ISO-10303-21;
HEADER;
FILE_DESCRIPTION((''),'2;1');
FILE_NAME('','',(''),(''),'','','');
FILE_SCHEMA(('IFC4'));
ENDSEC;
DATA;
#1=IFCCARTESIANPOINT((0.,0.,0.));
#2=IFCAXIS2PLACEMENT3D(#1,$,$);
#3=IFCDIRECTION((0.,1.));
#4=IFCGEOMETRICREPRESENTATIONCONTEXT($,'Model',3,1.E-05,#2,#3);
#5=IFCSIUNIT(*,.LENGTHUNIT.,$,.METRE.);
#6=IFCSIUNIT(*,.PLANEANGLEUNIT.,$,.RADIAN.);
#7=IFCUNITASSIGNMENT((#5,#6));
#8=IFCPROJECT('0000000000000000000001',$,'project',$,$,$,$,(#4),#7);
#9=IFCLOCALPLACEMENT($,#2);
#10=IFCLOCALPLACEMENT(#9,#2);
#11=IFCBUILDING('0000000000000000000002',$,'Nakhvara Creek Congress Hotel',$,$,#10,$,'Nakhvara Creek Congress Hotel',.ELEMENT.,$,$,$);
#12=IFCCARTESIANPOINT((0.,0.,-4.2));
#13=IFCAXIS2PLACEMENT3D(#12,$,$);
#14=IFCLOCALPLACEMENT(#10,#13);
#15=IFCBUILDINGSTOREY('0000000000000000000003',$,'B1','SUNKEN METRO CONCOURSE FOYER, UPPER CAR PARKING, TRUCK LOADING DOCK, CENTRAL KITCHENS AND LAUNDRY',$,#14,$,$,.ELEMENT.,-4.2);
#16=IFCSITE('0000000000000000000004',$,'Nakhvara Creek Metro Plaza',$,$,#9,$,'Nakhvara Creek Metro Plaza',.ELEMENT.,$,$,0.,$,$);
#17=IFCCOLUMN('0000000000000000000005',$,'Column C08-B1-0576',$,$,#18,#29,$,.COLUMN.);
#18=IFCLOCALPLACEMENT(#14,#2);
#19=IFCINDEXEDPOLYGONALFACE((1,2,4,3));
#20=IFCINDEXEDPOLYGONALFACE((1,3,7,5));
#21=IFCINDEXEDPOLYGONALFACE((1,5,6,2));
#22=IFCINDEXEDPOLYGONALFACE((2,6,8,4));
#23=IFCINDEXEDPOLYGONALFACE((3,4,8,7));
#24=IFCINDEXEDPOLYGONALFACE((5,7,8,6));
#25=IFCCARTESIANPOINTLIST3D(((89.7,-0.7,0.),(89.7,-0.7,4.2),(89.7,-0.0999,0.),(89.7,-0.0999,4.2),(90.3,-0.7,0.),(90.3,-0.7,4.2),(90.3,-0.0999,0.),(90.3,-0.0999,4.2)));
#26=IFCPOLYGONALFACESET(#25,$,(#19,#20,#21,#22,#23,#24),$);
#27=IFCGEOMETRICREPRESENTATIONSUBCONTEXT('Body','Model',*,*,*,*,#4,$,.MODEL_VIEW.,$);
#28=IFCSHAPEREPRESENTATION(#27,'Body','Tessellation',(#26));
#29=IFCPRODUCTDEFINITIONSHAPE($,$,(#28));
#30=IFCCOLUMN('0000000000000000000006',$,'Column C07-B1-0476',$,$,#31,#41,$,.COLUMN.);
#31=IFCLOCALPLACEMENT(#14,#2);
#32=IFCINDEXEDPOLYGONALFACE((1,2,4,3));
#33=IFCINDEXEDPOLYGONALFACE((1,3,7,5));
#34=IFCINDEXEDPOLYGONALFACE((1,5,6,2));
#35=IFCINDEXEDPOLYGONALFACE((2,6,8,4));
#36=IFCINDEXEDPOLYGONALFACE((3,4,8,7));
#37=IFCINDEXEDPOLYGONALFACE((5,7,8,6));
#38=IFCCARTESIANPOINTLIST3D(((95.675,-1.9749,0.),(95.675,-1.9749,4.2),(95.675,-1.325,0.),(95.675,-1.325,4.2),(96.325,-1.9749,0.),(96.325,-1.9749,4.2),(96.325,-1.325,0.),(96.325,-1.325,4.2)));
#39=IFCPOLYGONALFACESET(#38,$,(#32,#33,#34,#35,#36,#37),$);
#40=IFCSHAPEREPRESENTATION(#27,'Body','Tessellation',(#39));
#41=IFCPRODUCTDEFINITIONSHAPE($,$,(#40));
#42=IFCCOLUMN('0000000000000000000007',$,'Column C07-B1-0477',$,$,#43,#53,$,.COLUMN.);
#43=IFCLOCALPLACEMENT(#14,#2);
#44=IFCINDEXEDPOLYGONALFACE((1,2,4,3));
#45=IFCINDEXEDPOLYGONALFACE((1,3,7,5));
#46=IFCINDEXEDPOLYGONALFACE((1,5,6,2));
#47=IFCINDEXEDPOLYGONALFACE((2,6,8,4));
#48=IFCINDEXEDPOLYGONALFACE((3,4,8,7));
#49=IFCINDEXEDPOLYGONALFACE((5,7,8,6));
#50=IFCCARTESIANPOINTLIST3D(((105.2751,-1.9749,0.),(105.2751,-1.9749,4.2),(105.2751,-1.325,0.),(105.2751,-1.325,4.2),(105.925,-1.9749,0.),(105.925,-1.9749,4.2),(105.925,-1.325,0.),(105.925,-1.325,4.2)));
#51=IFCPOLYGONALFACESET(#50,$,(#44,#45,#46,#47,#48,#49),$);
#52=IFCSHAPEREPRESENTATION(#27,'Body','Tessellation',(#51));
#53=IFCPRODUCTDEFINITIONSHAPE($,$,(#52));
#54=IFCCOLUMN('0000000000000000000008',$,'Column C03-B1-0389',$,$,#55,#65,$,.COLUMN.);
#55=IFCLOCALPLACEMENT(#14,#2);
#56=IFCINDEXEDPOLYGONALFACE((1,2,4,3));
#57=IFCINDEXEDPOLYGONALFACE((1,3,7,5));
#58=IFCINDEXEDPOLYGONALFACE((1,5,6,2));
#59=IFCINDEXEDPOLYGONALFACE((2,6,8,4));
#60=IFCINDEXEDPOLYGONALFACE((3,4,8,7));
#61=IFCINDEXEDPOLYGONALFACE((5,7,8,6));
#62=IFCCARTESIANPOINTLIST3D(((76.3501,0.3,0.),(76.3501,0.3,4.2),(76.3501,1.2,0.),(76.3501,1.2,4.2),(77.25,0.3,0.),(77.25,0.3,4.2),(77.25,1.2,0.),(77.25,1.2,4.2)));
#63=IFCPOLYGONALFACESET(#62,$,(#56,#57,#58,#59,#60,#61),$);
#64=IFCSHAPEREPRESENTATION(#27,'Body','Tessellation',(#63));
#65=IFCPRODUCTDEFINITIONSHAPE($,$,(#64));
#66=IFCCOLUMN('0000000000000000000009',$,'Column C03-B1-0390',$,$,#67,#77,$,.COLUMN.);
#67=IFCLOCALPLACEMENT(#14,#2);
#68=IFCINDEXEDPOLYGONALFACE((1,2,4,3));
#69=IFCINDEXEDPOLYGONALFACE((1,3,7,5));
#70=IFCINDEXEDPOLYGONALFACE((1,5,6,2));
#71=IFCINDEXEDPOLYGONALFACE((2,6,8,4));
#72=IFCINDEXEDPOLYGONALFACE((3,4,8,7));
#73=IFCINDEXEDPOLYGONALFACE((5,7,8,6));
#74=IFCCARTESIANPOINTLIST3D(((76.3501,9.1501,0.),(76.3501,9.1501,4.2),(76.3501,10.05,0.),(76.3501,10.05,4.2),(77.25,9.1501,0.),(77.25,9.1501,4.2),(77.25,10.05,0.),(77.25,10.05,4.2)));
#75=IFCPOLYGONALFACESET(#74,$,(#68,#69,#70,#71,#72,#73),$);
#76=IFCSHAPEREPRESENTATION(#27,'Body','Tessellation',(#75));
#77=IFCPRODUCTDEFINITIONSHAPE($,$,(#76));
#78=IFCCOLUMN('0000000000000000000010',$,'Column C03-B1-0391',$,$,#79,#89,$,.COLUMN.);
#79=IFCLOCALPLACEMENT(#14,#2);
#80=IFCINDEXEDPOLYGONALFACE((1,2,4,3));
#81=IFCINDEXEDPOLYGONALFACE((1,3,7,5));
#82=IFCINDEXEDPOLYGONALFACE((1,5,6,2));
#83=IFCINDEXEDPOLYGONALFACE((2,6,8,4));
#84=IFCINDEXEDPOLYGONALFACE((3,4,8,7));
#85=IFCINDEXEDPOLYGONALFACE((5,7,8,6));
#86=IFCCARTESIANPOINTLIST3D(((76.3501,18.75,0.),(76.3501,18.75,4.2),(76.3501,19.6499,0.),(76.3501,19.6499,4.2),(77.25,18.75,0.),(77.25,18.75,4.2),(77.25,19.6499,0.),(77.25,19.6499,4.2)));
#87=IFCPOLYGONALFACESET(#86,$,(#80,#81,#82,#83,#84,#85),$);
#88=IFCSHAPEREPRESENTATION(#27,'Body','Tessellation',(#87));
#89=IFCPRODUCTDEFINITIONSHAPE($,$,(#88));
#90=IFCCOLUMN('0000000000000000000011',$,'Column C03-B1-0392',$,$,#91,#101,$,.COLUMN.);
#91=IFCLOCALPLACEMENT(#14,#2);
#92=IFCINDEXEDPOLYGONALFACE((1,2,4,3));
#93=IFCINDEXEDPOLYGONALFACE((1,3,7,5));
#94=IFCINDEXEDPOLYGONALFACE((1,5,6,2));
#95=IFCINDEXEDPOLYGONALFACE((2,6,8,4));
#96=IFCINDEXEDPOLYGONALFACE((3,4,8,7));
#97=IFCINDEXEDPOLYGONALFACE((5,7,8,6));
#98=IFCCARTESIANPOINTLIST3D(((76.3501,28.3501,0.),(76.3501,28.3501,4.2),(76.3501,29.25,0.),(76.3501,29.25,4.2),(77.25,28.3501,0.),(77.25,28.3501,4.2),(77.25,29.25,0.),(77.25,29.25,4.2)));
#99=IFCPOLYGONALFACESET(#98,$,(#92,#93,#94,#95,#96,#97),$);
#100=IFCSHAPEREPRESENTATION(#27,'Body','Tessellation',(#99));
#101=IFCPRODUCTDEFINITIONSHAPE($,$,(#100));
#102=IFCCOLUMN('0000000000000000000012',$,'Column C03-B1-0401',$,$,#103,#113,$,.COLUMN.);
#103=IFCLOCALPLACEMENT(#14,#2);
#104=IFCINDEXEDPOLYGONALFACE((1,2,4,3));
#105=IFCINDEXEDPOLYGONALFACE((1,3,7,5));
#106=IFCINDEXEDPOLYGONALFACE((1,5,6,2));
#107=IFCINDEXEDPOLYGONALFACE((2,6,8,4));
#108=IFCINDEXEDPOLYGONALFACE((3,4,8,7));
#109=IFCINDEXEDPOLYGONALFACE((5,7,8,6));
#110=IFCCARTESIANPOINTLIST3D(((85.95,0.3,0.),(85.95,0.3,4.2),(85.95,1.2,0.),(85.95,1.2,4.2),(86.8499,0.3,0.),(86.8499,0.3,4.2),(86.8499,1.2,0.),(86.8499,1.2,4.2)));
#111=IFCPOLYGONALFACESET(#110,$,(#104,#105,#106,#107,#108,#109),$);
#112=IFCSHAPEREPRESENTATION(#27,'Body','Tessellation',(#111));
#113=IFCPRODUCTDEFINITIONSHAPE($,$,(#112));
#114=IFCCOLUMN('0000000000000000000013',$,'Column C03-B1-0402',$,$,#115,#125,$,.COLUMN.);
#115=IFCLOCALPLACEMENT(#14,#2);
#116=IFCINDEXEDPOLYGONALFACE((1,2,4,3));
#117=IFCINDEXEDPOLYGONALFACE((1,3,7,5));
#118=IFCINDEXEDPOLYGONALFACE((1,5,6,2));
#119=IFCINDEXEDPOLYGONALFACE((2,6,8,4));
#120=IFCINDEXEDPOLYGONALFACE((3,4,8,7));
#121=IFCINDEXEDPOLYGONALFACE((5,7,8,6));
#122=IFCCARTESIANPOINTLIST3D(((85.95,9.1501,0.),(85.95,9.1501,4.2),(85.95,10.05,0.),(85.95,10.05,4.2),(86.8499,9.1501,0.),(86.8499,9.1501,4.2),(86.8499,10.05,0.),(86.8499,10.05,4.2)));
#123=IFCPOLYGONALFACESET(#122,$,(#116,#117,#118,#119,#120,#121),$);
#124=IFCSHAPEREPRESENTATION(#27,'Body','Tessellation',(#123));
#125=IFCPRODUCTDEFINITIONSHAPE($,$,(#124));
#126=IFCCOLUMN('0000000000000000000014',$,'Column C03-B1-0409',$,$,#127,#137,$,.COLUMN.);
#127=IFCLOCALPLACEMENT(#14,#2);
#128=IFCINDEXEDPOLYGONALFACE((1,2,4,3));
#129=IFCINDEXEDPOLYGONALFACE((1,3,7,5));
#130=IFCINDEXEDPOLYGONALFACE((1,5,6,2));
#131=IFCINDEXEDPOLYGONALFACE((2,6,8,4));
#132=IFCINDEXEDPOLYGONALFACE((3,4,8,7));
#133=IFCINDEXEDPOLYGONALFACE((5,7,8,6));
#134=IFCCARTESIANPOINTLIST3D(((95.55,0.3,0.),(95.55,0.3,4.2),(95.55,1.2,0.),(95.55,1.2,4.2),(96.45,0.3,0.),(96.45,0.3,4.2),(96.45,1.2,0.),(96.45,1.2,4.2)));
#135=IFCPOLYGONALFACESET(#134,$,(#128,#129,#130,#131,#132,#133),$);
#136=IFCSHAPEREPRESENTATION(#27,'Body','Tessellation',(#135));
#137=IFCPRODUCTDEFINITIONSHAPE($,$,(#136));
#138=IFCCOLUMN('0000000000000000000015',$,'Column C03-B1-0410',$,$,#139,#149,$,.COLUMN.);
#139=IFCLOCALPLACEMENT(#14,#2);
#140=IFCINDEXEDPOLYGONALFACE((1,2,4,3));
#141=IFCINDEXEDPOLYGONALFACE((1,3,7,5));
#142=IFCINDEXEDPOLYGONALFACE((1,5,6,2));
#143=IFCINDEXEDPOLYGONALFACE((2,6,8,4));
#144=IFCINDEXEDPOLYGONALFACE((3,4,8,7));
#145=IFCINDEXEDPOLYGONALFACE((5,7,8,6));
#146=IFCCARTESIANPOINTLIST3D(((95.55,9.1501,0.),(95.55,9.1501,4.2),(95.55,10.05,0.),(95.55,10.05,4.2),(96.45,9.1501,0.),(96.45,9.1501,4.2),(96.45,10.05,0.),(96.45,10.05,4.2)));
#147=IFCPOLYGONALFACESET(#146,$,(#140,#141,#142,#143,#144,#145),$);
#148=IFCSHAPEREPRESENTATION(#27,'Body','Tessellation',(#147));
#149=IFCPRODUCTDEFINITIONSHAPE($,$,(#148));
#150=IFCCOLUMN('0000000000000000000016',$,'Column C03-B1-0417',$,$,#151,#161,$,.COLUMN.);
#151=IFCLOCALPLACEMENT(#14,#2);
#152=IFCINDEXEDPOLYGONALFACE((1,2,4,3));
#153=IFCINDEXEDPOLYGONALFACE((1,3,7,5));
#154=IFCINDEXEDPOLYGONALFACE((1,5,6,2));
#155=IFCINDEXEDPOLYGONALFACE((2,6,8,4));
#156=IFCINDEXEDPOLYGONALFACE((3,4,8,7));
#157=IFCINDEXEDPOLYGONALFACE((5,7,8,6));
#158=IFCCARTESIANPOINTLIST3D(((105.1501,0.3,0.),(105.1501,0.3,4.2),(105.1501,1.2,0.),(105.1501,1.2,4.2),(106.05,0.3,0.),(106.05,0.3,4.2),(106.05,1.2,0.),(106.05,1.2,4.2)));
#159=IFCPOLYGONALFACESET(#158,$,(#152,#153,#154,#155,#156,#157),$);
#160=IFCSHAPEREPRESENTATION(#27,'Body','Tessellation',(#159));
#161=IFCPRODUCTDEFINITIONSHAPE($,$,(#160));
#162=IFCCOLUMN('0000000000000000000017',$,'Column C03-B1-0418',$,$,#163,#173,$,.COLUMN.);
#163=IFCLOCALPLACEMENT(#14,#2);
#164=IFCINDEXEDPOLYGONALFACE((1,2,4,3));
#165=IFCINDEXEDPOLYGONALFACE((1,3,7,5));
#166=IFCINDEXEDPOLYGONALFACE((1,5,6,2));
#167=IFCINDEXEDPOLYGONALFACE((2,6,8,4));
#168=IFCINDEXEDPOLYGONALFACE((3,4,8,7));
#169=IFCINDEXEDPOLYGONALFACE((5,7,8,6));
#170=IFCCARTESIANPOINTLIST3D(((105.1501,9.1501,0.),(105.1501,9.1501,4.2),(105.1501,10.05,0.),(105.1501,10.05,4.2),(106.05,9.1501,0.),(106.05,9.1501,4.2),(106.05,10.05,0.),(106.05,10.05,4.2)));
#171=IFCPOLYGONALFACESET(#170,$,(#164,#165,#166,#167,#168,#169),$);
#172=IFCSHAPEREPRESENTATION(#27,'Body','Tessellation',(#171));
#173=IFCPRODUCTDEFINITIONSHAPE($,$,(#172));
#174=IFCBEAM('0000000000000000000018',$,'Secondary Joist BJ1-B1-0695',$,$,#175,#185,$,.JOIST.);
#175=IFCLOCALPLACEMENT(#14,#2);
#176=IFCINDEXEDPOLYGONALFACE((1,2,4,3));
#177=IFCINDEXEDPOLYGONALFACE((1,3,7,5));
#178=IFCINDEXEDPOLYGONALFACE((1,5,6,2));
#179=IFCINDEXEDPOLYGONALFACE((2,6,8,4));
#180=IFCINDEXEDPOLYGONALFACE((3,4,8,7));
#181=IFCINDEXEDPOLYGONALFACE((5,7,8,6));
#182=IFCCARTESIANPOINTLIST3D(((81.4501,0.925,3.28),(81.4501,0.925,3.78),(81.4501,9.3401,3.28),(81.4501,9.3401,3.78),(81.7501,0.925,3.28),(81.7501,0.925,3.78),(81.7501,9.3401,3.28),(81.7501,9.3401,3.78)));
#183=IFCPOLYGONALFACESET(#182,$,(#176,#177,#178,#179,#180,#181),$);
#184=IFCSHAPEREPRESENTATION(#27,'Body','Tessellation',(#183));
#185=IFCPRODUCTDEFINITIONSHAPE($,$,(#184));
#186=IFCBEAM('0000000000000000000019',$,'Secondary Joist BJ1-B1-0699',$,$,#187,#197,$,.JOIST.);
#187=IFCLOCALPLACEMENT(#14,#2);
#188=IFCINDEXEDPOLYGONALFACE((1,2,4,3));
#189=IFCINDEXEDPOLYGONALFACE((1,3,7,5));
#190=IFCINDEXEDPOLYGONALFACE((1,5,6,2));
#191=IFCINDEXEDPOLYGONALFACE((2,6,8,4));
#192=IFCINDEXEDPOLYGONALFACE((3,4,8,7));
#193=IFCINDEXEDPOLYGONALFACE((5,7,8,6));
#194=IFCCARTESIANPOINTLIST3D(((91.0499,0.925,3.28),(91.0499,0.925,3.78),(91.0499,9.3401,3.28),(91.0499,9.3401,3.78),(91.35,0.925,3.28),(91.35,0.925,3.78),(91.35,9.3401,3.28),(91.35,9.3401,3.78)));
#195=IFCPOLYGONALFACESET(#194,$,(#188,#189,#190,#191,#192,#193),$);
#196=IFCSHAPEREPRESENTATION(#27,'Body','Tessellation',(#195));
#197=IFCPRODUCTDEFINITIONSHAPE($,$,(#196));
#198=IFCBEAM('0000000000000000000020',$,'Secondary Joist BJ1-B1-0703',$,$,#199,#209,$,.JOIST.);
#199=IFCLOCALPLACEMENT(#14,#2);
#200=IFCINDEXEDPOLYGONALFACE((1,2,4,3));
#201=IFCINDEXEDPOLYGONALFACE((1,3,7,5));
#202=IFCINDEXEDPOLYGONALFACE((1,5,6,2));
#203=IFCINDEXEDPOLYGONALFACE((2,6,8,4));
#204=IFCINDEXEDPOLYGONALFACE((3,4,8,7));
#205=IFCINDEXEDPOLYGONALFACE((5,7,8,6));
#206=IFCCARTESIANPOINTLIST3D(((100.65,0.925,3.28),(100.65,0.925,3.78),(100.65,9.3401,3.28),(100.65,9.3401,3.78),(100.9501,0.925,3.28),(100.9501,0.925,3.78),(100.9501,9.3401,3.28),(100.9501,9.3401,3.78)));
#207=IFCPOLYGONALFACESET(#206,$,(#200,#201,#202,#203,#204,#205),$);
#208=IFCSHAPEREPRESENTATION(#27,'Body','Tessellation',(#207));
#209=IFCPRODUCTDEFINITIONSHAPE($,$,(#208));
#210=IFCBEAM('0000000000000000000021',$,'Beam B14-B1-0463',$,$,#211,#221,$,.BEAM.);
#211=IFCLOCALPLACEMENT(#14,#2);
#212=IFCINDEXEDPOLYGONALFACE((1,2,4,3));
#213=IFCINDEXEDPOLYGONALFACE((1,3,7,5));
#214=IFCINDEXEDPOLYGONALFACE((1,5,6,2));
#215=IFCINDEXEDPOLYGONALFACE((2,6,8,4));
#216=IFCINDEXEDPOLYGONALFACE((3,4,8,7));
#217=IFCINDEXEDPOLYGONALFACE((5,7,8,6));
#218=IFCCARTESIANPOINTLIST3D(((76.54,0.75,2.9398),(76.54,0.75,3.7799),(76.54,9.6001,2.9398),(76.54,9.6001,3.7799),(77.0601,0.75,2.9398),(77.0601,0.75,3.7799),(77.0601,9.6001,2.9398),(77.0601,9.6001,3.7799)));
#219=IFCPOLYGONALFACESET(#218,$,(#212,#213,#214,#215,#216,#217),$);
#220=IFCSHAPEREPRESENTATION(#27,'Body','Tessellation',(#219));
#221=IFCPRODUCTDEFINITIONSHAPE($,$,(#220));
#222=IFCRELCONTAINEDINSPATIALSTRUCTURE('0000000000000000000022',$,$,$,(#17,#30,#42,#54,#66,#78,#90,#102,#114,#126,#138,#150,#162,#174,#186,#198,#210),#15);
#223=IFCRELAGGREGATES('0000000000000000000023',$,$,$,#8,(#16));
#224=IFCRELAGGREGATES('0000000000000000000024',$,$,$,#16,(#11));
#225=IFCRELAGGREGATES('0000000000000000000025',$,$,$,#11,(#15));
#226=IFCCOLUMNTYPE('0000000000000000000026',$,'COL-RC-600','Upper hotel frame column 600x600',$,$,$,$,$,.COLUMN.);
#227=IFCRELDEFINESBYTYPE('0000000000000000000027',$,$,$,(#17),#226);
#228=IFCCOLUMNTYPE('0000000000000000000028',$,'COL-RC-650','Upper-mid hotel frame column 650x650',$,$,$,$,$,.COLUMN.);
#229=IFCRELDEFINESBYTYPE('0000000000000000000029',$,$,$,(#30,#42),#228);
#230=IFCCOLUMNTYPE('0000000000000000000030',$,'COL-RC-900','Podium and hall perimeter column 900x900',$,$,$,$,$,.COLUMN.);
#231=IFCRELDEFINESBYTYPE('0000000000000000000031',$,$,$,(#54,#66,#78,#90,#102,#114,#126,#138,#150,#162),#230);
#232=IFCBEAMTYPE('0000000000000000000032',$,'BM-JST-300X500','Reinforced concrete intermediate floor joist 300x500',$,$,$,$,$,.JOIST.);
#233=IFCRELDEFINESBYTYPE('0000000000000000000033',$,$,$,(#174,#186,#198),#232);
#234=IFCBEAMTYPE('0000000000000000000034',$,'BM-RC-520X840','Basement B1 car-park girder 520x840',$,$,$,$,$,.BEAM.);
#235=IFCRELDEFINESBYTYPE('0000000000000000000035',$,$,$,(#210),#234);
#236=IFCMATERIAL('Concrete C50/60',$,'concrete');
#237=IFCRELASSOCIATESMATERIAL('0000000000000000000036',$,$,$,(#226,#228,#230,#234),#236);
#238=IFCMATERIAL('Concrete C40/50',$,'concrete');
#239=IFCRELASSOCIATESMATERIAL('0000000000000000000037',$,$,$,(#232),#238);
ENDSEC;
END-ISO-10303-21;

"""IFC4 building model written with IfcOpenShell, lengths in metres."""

from ifc_helpers import new_model, si_unit, direction, frame, origin, origin_2d, place, context, subcontext, project, spatial, rectangle, extrude, material, material_profile, profile_set, type_object, element, save


model = new_model("IFC4")

# Units and contexts
model_context = context("Model", 3, precision=1e-05, world=origin(), true_north=direction((0.0, 1.0)))
body_context = subcontext(model_context, "Body", "Model", "MODEL_VIEW")
ifc_project = project(units=[si_unit("LENGTHUNIT", "METRE"), si_unit("PLANEANGLEUNIT", "RADIAN")], contexts=[model_context])

# Site, building, storey
site_placement = place(None, origin())
site = spatial("IfcSite", under=ifc_project, at=site_placement, Name="Nakhvara Creek Metro Plaza", LongName="Nakhvara Creek Metro Plaza", CompositionType="ELEMENT", RefElevation=0.0)
building_placement = place(site_placement, origin())
building = spatial("IfcBuilding", under=site, at=building_placement, Name="Nakhvara Creek Congress Hotel", LongName="Nakhvara Creek Congress Hotel", CompositionType="ELEMENT")
storey_placement = place(building_placement, frame((0.0, 0.0, -4.2)))
storey = spatial("IfcBuildingStorey", under=building, at=storey_placement, Name="B1", Description="SUNKEN METRO CONCOURSE FOYER, UPPER CAR PARKING, TRUCK LOADING DOCK, CENTRAL KITCHENS AND LAUNDRY", CompositionType="ELEMENT", Elevation=-4.2)

# Columns
ifc_material_1 = material(Name="Concrete C50/60", Category="concrete")
ifc_material_profile_1 = material_profile(ifc_material_1, rectangle(XDim=0.6001, YDim=0.6001, at=origin_2d()), Name="RC-COL 600x600", Category="LoadBearing")
ifc_profile_set_1 = profile_set([ifc_material_profile_1], Name="Concrete C50/60")
column_type_1 = type_object("IfcColumnType", Name="COL-RC-600", Description="Upper hotel frame column 600x600", PredefinedType="COLUMN", material=ifc_profile_set_1)
column_placement = place(storey_placement, frame((90.0, -0.3999, 0.0), z_axis=(0.0, 0.0, 1.0), x_axis=(1.0, 0.0, 0.0)))
element("IfcColumn", 1, at=column_placement, inside=storey, type_object=column_type_1, Name="Column C08-B1-0576", PredefinedType="COLUMN", context=body_context, shape_type="SweptSolid", body=[
    extrude(rectangle(XDim=0.6001, YDim=0.6001, at=origin_2d()), origin(), (0.0, 0.0, 1.0), 4.2),
])
ifc_material_profile_2 = material_profile(ifc_material_1, rectangle(XDim=0.6499, YDim=0.6499, at=origin_2d()), Name="RC-COL 650x650", Category="LoadBearing")
ifc_profile_set_2 = profile_set([ifc_material_profile_2], Name="Concrete C50/60")
column_type_2 = type_object("IfcColumnType", Name="COL-RC-650", Description="Upper-mid hotel frame column 650x650", PredefinedType="COLUMN", material=ifc_profile_set_2)
for number, where, z_axis, x_axis, name in (
    (2, (96.0, -1.6499, 0.0), (0.0, 0.0, 1.0), (1.0, 0.0, 0.0), "Column C07-B1-0476"),
    (3, (105.6001, -1.6499, 0.0), (0.0, 0.0, 1.0), (1.0, 0.0, 0.0), "Column C07-B1-0477"),
):
    element("IfcColumn", number, at=place(storey_placement, frame(where, z_axis=z_axis, x_axis=x_axis)), inside=storey, type_object=column_type_2, Name=name, PredefinedType="COLUMN", context=body_context, shape_type="SweptSolid", body=[
        extrude(rectangle(XDim=0.6499, YDim=0.6499, at=origin_2d()), origin(), (0.0, 0.0, 1.0), 4.2),
    ])
ifc_material_profile_3 = material_profile(ifc_material_1, rectangle(XDim=0.8999, YDim=0.8999, at=origin_2d()), Name="RC-COL 900x900", Category="LoadBearing")
ifc_profile_set_3 = profile_set([ifc_material_profile_3], Name="Concrete C50/60")
column_type_3 = type_object("IfcColumnType", Name="COL-RC-900", Description="Podium and hall perimeter column 900x900", PredefinedType="COLUMN", material=ifc_profile_set_3)
for number, where, z_axis, x_axis, name in (
    (4, (76.8, 0.75, 0.0), (0.0, 0.0, 1.0), (1.0, 0.0, 0.0), "Column C03-B1-0389"),
    (5, (76.8, 9.6001, 0.0), (0.0, 0.0, 1.0), (1.0, 0.0, 0.0), "Column C03-B1-0390"),
    (6, (76.8, 19.2, 0.0), (0.0, 0.0, 1.0), (1.0, 0.0, 0.0), "Column C03-B1-0391"),
    (7, (76.8, 28.8, 0.0), (0.0, 0.0, 1.0), (1.0, 0.0, 0.0), "Column C03-B1-0392"),
    (8, (86.3999, 0.75, 0.0), (0.0, 0.0, 1.0), (1.0, 0.0, 0.0), "Column C03-B1-0401"),
    (9, (86.3999, 9.6001, 0.0), (0.0, 0.0, 1.0), (1.0, 0.0, 0.0), "Column C03-B1-0402"),
    (10, (96.0, 0.75, 0.0), (0.0, 0.0, 1.0), (1.0, 0.0, 0.0), "Column C03-B1-0409"),
    (11, (96.0, 9.6001, 0.0), (0.0, 0.0, 1.0), (1.0, 0.0, 0.0), "Column C03-B1-0410"),
    (12, (105.6001, 0.75, 0.0), (0.0, 0.0, 1.0), (1.0, 0.0, 0.0), "Column C03-B1-0417"),
    (13, (105.6001, 9.6001, 0.0), (0.0, 0.0, 1.0), (1.0, 0.0, 0.0), "Column C03-B1-0418"),
):
    element("IfcColumn", number, at=place(storey_placement, frame(where, z_axis=z_axis, x_axis=x_axis)), inside=storey, type_object=column_type_3, Name=name, PredefinedType="COLUMN", context=body_context, shape_type="SweptSolid", body=[
        extrude(rectangle(XDim=0.8999, YDim=0.8999, at=origin_2d()), origin(), (0.0, 0.0, 1.0), 4.2),
    ])

# Beams
ifc_material_2 = material(Name="Concrete C40/50", Category="concrete")
ifc_material_profile_4 = material_profile(ifc_material_2, rectangle(XDim=0.3, YDim=0.5, at=origin_2d()), Name="RC-BM 300x500", Category="LoadBearing")
ifc_profile_set_4 = profile_set([ifc_material_profile_4], Name="Concrete C40/50")
beam_type_1 = type_object("IfcBeamType", Name="BM-JST-300X500", Description="Reinforced concrete intermediate floor joist 300x500", PredefinedType="JOIST", material=ifc_profile_set_4)
for number, where, z_axis, x_axis, name in (
    (14, (81.6001, 0.925, 3.53), (0.0, 1.0, 0.0), (-1.0, 0.0, 0.0), "Secondary Joist BJ1-B1-0695"),
    (15, (91.2, 0.925, 3.53), (0.0, 1.0, 0.0), (-1.0, 0.0, 0.0), "Secondary Joist BJ1-B1-0699"),
    (16, (100.8, 0.925, 3.53), (0.0, 1.0, 0.0), (-1.0, 0.0, 0.0), "Secondary Joist BJ1-B1-0703"),
):
    element("IfcBeam", number, at=place(storey_placement, frame(where, z_axis=z_axis, x_axis=x_axis)), inside=storey, type_object=beam_type_1, Name=name, PredefinedType="JOIST", context=body_context, shape_type="SweptSolid", body=[
        extrude(rectangle(XDim=0.3, YDim=0.5, at=origin_2d()), origin(), (0.0, 0.0, 1.0), 8.415),
    ])
ifc_material_profile_5 = material_profile(ifc_material_1, rectangle(XDim=0.52, YDim=0.8401, at=origin_2d()), Name="RC-BM 520x840", Category="LoadBearing")
ifc_profile_set_5 = profile_set([ifc_material_profile_5], Name="Concrete C50/60")
beam_type_2 = type_object("IfcBeamType", Name="BM-RC-520X840", Description="Basement B1 car-park girder 520x840", PredefinedType="BEAM", material=ifc_profile_set_5)
beam_1_placement = place(storey_placement, frame((76.8, 0.75, 3.3599), z_axis=(0.0, 1.0, 0.0), x_axis=(-1.0, 0.0, 0.0)))
element("IfcBeam", 17, at=beam_1_placement, inside=storey, type_object=beam_type_2, Name="Beam B14-B1-0463", PredefinedType="BEAM", context=body_context, shape_type="SweptSolid", body=[
    extrude(rectangle(XDim=0.52, YDim=0.8401, at=origin_2d()), origin(), (0.0, 0.0, 1.0), 8.8501),
])

save(model, "model.ifc")
